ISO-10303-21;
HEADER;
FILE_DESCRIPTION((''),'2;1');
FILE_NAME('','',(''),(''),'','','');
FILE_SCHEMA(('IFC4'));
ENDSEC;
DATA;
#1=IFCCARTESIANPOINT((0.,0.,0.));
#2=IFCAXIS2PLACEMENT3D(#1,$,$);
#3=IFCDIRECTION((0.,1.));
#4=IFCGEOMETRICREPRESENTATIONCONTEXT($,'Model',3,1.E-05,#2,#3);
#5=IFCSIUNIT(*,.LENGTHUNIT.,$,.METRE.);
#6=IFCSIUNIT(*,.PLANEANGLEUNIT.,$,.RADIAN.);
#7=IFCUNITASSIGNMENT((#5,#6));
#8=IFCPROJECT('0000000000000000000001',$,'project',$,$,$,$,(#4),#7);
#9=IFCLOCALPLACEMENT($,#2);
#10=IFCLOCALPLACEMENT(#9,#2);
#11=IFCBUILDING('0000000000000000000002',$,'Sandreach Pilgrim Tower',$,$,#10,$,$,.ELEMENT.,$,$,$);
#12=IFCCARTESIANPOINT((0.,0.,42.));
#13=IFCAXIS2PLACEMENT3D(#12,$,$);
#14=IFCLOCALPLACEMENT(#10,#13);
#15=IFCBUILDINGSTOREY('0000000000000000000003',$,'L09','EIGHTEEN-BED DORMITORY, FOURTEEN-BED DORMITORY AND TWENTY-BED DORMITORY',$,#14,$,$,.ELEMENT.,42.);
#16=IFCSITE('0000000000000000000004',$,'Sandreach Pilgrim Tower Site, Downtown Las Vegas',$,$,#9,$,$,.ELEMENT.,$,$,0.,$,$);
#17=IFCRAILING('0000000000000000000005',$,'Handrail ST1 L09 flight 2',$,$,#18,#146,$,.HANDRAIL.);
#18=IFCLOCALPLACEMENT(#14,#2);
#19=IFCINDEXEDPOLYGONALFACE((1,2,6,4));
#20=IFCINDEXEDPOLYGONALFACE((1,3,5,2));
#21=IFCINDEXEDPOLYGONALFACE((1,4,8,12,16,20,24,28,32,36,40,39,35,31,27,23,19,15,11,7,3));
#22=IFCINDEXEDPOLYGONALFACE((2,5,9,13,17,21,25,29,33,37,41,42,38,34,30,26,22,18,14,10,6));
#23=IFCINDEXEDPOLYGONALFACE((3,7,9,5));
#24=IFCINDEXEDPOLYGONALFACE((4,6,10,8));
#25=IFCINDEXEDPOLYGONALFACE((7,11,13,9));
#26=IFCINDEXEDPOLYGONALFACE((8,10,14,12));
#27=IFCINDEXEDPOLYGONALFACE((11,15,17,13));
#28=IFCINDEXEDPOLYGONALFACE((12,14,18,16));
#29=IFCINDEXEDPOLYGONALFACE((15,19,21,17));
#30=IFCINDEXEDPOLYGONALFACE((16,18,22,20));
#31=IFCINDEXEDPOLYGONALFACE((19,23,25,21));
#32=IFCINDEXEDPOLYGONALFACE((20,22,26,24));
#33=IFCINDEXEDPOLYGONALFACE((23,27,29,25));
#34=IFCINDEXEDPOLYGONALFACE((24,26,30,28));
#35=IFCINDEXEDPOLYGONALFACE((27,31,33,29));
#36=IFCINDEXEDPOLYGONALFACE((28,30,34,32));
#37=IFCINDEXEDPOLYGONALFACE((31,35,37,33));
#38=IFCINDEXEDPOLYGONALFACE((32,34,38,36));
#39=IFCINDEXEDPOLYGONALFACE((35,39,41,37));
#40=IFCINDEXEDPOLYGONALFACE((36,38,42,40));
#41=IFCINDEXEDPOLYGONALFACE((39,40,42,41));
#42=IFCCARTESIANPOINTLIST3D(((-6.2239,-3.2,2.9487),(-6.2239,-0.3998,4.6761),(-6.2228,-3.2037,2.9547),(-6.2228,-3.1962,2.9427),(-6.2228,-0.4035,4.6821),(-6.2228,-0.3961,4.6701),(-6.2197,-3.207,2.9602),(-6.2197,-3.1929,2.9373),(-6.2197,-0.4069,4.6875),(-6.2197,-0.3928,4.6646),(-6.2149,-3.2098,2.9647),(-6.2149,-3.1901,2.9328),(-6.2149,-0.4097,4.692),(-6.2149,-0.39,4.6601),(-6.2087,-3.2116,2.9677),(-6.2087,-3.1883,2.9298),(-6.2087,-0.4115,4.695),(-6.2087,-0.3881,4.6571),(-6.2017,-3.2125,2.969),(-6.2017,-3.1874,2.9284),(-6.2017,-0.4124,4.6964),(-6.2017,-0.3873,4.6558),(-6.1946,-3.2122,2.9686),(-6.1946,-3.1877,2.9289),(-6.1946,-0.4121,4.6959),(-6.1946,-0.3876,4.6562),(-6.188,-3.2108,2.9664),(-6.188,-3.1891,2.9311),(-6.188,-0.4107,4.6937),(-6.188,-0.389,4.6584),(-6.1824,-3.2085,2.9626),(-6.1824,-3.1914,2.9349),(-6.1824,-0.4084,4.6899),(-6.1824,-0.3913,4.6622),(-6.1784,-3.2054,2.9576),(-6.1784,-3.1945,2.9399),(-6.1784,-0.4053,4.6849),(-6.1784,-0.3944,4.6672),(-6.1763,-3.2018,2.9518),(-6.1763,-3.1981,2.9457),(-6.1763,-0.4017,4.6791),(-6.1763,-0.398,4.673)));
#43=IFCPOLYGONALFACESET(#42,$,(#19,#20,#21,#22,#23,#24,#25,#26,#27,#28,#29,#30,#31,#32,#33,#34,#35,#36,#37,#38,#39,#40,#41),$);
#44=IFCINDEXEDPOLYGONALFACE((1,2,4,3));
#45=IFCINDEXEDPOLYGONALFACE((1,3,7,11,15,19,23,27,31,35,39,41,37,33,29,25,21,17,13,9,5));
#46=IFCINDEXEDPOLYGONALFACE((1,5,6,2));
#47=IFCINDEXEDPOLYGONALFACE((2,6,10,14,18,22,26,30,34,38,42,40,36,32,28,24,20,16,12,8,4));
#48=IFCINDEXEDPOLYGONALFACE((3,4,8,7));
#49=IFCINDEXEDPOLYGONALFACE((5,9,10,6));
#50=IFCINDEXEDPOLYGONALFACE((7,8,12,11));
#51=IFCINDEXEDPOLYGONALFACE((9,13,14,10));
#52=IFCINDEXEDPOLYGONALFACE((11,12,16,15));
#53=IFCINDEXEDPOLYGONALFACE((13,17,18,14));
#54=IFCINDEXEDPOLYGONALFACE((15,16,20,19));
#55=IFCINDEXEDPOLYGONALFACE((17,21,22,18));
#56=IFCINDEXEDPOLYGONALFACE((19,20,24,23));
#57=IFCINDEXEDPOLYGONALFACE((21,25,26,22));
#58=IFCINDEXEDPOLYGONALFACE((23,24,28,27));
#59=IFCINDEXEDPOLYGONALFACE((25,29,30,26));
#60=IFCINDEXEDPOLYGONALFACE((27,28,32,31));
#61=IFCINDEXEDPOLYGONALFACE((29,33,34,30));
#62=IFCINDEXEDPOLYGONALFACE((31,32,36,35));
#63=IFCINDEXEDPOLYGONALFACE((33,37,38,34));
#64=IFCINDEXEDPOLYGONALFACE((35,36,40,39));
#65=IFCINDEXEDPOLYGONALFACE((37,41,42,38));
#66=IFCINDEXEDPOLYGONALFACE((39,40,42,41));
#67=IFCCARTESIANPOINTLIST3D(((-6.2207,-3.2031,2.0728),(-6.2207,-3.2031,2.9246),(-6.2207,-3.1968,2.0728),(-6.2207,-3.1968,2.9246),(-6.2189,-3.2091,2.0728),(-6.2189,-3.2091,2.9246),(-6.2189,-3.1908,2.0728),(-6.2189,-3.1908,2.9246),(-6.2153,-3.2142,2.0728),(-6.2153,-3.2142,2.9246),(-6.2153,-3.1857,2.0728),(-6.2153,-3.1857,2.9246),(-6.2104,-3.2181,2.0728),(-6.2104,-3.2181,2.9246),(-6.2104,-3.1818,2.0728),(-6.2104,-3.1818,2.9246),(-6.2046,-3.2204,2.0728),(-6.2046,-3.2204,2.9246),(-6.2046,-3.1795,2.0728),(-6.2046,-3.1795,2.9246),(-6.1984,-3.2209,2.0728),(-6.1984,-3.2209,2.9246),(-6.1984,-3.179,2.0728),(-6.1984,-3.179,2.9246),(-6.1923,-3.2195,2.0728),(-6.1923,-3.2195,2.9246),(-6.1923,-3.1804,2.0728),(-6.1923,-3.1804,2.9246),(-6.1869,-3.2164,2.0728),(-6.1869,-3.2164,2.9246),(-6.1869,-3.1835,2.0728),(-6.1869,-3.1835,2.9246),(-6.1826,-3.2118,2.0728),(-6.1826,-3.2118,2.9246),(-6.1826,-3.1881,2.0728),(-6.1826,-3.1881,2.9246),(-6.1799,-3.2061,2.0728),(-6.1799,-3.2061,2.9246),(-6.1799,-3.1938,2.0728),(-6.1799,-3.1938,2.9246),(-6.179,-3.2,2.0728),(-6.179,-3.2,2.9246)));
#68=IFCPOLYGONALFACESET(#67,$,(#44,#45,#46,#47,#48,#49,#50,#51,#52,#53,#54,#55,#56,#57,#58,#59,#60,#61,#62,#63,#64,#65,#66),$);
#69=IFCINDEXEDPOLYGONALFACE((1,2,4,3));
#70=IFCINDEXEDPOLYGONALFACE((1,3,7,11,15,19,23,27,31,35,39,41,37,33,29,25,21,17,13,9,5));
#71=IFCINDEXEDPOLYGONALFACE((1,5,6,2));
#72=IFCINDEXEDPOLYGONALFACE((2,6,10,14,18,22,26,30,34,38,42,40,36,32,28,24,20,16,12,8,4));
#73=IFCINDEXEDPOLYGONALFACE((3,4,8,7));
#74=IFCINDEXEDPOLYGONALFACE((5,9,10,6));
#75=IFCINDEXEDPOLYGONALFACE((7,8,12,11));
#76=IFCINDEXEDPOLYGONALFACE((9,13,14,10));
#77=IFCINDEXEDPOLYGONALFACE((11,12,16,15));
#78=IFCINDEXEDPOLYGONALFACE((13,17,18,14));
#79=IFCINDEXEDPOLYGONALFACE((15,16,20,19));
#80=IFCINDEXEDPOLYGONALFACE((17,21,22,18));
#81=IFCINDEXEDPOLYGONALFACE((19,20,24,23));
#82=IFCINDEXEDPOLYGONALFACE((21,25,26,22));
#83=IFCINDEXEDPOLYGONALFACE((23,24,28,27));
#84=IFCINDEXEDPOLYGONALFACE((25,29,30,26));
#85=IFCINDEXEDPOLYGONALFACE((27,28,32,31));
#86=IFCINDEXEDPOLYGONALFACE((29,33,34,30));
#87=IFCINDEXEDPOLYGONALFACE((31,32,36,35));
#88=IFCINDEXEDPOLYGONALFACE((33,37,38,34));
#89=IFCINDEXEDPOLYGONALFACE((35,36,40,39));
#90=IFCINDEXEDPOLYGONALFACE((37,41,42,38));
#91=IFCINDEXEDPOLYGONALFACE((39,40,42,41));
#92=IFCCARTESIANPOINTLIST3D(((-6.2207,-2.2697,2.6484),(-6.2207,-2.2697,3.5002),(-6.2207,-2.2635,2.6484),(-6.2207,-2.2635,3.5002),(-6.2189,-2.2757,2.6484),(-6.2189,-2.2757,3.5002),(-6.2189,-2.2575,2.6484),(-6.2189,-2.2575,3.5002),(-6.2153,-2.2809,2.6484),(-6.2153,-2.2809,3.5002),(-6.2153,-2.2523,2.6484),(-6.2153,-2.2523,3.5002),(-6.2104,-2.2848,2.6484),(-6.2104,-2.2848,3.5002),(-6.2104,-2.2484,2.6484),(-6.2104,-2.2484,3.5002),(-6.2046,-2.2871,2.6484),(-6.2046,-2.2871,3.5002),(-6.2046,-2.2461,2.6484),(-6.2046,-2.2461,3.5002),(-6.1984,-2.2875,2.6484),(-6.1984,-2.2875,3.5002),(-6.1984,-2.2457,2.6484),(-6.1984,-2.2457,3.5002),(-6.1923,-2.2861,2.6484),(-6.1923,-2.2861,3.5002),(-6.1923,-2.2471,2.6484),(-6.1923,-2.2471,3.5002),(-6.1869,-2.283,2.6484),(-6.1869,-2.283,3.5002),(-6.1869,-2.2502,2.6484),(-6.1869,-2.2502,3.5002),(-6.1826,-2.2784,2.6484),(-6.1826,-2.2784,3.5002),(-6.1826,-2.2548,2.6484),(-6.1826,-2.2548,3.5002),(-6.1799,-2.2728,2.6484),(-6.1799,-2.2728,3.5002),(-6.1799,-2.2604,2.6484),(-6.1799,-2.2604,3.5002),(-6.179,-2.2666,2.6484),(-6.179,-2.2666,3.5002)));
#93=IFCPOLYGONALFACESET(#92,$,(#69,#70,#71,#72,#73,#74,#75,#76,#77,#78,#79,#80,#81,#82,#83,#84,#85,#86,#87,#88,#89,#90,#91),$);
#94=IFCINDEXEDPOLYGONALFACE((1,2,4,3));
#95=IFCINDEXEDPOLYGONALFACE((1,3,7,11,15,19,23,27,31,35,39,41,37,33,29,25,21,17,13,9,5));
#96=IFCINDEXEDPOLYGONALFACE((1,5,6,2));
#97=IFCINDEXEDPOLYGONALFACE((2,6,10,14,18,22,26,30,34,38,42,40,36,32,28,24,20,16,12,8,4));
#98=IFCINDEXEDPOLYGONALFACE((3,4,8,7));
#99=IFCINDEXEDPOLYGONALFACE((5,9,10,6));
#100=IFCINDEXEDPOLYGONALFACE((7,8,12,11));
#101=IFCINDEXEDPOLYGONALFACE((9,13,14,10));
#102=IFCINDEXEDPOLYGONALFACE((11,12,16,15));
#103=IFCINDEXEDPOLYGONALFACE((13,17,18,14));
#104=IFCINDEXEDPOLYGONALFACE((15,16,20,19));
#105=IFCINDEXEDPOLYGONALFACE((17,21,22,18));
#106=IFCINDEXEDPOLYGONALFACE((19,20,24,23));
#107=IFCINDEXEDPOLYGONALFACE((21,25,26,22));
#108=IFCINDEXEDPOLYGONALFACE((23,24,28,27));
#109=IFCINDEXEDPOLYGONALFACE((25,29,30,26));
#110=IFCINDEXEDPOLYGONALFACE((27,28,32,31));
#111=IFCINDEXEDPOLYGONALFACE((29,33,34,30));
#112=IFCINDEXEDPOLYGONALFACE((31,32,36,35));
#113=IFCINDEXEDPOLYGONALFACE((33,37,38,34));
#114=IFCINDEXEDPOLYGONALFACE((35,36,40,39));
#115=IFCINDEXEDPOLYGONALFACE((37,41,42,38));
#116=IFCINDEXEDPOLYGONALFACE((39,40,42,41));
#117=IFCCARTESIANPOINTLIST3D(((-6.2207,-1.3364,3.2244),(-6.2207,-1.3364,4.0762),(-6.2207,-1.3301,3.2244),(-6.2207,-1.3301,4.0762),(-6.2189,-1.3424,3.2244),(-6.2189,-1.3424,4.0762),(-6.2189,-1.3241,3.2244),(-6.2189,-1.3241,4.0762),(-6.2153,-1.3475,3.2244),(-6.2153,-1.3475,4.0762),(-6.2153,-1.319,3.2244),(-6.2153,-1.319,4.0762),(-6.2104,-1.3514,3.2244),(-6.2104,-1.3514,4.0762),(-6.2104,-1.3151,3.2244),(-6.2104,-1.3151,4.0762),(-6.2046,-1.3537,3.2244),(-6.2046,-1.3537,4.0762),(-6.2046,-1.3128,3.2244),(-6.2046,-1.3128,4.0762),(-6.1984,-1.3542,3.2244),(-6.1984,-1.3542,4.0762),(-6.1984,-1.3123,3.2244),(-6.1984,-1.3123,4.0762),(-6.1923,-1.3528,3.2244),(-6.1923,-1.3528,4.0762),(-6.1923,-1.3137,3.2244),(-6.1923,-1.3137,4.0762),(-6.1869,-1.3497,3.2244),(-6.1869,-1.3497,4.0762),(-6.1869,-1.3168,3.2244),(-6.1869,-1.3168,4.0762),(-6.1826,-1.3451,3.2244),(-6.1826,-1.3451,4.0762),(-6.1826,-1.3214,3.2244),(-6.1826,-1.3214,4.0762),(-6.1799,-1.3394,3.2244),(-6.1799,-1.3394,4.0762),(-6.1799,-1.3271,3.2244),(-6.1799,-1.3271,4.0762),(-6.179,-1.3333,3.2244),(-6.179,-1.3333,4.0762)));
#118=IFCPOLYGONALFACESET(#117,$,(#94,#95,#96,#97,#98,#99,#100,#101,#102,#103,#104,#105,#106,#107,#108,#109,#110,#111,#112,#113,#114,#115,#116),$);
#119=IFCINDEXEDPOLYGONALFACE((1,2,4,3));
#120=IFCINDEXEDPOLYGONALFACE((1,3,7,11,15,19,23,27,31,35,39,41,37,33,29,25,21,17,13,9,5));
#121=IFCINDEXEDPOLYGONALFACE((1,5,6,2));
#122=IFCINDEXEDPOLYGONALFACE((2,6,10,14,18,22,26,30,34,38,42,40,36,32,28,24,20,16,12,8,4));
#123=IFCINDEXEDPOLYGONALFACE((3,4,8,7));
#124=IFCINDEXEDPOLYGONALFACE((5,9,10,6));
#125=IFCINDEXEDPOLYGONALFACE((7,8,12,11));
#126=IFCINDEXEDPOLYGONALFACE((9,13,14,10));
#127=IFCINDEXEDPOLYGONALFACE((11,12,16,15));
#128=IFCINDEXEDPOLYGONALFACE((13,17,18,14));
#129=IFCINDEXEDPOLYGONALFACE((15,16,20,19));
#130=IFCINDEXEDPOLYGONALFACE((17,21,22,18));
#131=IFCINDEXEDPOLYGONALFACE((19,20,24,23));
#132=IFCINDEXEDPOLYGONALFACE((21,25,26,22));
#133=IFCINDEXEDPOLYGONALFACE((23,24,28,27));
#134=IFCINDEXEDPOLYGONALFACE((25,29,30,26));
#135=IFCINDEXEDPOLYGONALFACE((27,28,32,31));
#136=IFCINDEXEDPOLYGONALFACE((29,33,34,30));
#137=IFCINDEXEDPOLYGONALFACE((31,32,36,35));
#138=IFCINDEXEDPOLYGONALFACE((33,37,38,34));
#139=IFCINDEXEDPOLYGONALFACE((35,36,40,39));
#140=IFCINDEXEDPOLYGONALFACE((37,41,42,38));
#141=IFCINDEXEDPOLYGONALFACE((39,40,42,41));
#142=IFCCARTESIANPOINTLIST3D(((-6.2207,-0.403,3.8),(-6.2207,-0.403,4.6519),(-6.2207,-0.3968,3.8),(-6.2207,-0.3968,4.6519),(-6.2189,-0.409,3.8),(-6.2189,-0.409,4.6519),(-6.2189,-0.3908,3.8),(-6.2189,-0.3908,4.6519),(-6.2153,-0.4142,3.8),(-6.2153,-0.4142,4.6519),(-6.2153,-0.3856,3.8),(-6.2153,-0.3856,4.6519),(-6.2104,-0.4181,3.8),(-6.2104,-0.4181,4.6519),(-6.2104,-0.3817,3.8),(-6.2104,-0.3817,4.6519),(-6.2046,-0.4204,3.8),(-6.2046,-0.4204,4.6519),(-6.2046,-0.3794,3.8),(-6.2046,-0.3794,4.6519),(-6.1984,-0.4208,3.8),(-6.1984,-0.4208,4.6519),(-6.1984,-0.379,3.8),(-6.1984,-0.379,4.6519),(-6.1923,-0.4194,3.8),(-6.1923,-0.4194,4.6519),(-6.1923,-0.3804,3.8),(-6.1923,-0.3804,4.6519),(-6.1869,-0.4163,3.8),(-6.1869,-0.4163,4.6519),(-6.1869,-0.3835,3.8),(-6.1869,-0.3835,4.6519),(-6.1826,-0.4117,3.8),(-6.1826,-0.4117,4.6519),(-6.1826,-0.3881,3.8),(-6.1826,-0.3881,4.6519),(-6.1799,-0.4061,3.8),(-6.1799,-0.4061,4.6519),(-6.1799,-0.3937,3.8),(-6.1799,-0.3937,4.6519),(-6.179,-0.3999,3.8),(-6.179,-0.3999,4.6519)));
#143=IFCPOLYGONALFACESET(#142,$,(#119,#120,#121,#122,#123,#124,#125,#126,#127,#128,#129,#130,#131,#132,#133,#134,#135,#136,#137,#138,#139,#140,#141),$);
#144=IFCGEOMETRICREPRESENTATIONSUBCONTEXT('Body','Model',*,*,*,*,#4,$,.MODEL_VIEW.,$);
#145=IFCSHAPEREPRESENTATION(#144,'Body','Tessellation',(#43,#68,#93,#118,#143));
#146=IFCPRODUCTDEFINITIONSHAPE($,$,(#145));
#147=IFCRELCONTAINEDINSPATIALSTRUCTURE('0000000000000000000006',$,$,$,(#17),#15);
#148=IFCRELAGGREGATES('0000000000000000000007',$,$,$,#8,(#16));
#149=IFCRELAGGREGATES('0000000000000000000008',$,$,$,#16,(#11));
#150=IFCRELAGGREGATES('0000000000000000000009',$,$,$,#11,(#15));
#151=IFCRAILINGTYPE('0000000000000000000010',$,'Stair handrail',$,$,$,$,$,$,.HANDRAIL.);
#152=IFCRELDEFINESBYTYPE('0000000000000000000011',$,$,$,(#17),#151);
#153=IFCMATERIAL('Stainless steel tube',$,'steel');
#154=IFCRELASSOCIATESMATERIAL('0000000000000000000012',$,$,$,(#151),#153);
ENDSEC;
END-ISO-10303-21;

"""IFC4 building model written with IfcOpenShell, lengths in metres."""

from ifc_helpers import new_model, si_unit, direction, frame, origin, origin_2d, place, context, subcontext, project, spatial, circle, extrude, material, type_object, element, save


model = new_model("IFC4")

# Units and contexts
model_context = context("Model", 3, precision=1e-05, world=origin(), true_north=direction((0.0, 1.0)))
body_context = subcontext(model_context, "Body", "Model", "MODEL_VIEW")
ifc_project = project(units=[si_unit("LENGTHUNIT", "METRE"), si_unit("PLANEANGLEUNIT", "RADIAN")], contexts=[model_context])

# Site, building, storey
site_placement = place(None, origin())
site = spatial("IfcSite", under=ifc_project, at=site_placement, Name="Sandreach Pilgrim Tower Site, Downtown Las Vegas", CompositionType="ELEMENT", RefElevation=0.0)
building_placement = place(site_placement, origin())
building = spatial("IfcBuilding", under=site, at=building_placement, Name="Sandreach Pilgrim Tower", CompositionType="ELEMENT")
storey_placement = place(building_placement, frame((0.0, 0.0, 42.0)))
storey = spatial("IfcBuildingStorey", under=building, at=storey_placement, Name="L09", Description="EIGHTEEN-BED DORMITORY, FOURTEEN-BED DORMITORY AND TWENTY-BED DORMITORY", CompositionType="ELEMENT", Elevation=42.0)

# Railing
ifc_material_1 = material(Name="Stainless steel tube", Category="steel")
railing_type = type_object("IfcRailingType", Name="Stair handrail", PredefinedType="HANDRAIL", material=ifc_material_1)
for number, where, name in (
    (1, (-6.2, -3.2, 2.0728), "Handrail ST1 L09 flight 2"),
):
    element("IfcRailing", number, at=place(storey_placement, frame(where)), inside=storey, type_object=railing_type, Name=name, PredefinedType="HANDRAIL", context=body_context, shape_type="SweptSolid", body=[
        extrude(circle(Radius=0.0239, at=origin_2d()), frame((0.0, 0.0, 0.876), z_axis=(0.0, 0.85109, 0.52502), x_axis=(-1.0, 0.0, 0.0)), (0.0, 0.0, 1.0), 3.29),
        extrude(circle(Radius=0.021, at=origin_2d()), origin(), (0.0, 0.0, 1.0), 0.8518),
        extrude(circle(Radius=0.021, at=origin_2d()), frame((0.0, 0.9333, 0.5757)), (0.0, 0.0, 1.0), 0.8518),
        extrude(circle(Radius=0.021, at=origin_2d()), frame((0.0, 1.8667, 1.1516)), (0.0, 0.0, 1.0), 0.8518),
        extrude(circle(Radius=0.021, at=origin_2d()), frame((0.0, 2.8, 1.7273)), (0.0, 0.0, 1.0), 0.8518),
    ])

save(model, "model.ifc")
